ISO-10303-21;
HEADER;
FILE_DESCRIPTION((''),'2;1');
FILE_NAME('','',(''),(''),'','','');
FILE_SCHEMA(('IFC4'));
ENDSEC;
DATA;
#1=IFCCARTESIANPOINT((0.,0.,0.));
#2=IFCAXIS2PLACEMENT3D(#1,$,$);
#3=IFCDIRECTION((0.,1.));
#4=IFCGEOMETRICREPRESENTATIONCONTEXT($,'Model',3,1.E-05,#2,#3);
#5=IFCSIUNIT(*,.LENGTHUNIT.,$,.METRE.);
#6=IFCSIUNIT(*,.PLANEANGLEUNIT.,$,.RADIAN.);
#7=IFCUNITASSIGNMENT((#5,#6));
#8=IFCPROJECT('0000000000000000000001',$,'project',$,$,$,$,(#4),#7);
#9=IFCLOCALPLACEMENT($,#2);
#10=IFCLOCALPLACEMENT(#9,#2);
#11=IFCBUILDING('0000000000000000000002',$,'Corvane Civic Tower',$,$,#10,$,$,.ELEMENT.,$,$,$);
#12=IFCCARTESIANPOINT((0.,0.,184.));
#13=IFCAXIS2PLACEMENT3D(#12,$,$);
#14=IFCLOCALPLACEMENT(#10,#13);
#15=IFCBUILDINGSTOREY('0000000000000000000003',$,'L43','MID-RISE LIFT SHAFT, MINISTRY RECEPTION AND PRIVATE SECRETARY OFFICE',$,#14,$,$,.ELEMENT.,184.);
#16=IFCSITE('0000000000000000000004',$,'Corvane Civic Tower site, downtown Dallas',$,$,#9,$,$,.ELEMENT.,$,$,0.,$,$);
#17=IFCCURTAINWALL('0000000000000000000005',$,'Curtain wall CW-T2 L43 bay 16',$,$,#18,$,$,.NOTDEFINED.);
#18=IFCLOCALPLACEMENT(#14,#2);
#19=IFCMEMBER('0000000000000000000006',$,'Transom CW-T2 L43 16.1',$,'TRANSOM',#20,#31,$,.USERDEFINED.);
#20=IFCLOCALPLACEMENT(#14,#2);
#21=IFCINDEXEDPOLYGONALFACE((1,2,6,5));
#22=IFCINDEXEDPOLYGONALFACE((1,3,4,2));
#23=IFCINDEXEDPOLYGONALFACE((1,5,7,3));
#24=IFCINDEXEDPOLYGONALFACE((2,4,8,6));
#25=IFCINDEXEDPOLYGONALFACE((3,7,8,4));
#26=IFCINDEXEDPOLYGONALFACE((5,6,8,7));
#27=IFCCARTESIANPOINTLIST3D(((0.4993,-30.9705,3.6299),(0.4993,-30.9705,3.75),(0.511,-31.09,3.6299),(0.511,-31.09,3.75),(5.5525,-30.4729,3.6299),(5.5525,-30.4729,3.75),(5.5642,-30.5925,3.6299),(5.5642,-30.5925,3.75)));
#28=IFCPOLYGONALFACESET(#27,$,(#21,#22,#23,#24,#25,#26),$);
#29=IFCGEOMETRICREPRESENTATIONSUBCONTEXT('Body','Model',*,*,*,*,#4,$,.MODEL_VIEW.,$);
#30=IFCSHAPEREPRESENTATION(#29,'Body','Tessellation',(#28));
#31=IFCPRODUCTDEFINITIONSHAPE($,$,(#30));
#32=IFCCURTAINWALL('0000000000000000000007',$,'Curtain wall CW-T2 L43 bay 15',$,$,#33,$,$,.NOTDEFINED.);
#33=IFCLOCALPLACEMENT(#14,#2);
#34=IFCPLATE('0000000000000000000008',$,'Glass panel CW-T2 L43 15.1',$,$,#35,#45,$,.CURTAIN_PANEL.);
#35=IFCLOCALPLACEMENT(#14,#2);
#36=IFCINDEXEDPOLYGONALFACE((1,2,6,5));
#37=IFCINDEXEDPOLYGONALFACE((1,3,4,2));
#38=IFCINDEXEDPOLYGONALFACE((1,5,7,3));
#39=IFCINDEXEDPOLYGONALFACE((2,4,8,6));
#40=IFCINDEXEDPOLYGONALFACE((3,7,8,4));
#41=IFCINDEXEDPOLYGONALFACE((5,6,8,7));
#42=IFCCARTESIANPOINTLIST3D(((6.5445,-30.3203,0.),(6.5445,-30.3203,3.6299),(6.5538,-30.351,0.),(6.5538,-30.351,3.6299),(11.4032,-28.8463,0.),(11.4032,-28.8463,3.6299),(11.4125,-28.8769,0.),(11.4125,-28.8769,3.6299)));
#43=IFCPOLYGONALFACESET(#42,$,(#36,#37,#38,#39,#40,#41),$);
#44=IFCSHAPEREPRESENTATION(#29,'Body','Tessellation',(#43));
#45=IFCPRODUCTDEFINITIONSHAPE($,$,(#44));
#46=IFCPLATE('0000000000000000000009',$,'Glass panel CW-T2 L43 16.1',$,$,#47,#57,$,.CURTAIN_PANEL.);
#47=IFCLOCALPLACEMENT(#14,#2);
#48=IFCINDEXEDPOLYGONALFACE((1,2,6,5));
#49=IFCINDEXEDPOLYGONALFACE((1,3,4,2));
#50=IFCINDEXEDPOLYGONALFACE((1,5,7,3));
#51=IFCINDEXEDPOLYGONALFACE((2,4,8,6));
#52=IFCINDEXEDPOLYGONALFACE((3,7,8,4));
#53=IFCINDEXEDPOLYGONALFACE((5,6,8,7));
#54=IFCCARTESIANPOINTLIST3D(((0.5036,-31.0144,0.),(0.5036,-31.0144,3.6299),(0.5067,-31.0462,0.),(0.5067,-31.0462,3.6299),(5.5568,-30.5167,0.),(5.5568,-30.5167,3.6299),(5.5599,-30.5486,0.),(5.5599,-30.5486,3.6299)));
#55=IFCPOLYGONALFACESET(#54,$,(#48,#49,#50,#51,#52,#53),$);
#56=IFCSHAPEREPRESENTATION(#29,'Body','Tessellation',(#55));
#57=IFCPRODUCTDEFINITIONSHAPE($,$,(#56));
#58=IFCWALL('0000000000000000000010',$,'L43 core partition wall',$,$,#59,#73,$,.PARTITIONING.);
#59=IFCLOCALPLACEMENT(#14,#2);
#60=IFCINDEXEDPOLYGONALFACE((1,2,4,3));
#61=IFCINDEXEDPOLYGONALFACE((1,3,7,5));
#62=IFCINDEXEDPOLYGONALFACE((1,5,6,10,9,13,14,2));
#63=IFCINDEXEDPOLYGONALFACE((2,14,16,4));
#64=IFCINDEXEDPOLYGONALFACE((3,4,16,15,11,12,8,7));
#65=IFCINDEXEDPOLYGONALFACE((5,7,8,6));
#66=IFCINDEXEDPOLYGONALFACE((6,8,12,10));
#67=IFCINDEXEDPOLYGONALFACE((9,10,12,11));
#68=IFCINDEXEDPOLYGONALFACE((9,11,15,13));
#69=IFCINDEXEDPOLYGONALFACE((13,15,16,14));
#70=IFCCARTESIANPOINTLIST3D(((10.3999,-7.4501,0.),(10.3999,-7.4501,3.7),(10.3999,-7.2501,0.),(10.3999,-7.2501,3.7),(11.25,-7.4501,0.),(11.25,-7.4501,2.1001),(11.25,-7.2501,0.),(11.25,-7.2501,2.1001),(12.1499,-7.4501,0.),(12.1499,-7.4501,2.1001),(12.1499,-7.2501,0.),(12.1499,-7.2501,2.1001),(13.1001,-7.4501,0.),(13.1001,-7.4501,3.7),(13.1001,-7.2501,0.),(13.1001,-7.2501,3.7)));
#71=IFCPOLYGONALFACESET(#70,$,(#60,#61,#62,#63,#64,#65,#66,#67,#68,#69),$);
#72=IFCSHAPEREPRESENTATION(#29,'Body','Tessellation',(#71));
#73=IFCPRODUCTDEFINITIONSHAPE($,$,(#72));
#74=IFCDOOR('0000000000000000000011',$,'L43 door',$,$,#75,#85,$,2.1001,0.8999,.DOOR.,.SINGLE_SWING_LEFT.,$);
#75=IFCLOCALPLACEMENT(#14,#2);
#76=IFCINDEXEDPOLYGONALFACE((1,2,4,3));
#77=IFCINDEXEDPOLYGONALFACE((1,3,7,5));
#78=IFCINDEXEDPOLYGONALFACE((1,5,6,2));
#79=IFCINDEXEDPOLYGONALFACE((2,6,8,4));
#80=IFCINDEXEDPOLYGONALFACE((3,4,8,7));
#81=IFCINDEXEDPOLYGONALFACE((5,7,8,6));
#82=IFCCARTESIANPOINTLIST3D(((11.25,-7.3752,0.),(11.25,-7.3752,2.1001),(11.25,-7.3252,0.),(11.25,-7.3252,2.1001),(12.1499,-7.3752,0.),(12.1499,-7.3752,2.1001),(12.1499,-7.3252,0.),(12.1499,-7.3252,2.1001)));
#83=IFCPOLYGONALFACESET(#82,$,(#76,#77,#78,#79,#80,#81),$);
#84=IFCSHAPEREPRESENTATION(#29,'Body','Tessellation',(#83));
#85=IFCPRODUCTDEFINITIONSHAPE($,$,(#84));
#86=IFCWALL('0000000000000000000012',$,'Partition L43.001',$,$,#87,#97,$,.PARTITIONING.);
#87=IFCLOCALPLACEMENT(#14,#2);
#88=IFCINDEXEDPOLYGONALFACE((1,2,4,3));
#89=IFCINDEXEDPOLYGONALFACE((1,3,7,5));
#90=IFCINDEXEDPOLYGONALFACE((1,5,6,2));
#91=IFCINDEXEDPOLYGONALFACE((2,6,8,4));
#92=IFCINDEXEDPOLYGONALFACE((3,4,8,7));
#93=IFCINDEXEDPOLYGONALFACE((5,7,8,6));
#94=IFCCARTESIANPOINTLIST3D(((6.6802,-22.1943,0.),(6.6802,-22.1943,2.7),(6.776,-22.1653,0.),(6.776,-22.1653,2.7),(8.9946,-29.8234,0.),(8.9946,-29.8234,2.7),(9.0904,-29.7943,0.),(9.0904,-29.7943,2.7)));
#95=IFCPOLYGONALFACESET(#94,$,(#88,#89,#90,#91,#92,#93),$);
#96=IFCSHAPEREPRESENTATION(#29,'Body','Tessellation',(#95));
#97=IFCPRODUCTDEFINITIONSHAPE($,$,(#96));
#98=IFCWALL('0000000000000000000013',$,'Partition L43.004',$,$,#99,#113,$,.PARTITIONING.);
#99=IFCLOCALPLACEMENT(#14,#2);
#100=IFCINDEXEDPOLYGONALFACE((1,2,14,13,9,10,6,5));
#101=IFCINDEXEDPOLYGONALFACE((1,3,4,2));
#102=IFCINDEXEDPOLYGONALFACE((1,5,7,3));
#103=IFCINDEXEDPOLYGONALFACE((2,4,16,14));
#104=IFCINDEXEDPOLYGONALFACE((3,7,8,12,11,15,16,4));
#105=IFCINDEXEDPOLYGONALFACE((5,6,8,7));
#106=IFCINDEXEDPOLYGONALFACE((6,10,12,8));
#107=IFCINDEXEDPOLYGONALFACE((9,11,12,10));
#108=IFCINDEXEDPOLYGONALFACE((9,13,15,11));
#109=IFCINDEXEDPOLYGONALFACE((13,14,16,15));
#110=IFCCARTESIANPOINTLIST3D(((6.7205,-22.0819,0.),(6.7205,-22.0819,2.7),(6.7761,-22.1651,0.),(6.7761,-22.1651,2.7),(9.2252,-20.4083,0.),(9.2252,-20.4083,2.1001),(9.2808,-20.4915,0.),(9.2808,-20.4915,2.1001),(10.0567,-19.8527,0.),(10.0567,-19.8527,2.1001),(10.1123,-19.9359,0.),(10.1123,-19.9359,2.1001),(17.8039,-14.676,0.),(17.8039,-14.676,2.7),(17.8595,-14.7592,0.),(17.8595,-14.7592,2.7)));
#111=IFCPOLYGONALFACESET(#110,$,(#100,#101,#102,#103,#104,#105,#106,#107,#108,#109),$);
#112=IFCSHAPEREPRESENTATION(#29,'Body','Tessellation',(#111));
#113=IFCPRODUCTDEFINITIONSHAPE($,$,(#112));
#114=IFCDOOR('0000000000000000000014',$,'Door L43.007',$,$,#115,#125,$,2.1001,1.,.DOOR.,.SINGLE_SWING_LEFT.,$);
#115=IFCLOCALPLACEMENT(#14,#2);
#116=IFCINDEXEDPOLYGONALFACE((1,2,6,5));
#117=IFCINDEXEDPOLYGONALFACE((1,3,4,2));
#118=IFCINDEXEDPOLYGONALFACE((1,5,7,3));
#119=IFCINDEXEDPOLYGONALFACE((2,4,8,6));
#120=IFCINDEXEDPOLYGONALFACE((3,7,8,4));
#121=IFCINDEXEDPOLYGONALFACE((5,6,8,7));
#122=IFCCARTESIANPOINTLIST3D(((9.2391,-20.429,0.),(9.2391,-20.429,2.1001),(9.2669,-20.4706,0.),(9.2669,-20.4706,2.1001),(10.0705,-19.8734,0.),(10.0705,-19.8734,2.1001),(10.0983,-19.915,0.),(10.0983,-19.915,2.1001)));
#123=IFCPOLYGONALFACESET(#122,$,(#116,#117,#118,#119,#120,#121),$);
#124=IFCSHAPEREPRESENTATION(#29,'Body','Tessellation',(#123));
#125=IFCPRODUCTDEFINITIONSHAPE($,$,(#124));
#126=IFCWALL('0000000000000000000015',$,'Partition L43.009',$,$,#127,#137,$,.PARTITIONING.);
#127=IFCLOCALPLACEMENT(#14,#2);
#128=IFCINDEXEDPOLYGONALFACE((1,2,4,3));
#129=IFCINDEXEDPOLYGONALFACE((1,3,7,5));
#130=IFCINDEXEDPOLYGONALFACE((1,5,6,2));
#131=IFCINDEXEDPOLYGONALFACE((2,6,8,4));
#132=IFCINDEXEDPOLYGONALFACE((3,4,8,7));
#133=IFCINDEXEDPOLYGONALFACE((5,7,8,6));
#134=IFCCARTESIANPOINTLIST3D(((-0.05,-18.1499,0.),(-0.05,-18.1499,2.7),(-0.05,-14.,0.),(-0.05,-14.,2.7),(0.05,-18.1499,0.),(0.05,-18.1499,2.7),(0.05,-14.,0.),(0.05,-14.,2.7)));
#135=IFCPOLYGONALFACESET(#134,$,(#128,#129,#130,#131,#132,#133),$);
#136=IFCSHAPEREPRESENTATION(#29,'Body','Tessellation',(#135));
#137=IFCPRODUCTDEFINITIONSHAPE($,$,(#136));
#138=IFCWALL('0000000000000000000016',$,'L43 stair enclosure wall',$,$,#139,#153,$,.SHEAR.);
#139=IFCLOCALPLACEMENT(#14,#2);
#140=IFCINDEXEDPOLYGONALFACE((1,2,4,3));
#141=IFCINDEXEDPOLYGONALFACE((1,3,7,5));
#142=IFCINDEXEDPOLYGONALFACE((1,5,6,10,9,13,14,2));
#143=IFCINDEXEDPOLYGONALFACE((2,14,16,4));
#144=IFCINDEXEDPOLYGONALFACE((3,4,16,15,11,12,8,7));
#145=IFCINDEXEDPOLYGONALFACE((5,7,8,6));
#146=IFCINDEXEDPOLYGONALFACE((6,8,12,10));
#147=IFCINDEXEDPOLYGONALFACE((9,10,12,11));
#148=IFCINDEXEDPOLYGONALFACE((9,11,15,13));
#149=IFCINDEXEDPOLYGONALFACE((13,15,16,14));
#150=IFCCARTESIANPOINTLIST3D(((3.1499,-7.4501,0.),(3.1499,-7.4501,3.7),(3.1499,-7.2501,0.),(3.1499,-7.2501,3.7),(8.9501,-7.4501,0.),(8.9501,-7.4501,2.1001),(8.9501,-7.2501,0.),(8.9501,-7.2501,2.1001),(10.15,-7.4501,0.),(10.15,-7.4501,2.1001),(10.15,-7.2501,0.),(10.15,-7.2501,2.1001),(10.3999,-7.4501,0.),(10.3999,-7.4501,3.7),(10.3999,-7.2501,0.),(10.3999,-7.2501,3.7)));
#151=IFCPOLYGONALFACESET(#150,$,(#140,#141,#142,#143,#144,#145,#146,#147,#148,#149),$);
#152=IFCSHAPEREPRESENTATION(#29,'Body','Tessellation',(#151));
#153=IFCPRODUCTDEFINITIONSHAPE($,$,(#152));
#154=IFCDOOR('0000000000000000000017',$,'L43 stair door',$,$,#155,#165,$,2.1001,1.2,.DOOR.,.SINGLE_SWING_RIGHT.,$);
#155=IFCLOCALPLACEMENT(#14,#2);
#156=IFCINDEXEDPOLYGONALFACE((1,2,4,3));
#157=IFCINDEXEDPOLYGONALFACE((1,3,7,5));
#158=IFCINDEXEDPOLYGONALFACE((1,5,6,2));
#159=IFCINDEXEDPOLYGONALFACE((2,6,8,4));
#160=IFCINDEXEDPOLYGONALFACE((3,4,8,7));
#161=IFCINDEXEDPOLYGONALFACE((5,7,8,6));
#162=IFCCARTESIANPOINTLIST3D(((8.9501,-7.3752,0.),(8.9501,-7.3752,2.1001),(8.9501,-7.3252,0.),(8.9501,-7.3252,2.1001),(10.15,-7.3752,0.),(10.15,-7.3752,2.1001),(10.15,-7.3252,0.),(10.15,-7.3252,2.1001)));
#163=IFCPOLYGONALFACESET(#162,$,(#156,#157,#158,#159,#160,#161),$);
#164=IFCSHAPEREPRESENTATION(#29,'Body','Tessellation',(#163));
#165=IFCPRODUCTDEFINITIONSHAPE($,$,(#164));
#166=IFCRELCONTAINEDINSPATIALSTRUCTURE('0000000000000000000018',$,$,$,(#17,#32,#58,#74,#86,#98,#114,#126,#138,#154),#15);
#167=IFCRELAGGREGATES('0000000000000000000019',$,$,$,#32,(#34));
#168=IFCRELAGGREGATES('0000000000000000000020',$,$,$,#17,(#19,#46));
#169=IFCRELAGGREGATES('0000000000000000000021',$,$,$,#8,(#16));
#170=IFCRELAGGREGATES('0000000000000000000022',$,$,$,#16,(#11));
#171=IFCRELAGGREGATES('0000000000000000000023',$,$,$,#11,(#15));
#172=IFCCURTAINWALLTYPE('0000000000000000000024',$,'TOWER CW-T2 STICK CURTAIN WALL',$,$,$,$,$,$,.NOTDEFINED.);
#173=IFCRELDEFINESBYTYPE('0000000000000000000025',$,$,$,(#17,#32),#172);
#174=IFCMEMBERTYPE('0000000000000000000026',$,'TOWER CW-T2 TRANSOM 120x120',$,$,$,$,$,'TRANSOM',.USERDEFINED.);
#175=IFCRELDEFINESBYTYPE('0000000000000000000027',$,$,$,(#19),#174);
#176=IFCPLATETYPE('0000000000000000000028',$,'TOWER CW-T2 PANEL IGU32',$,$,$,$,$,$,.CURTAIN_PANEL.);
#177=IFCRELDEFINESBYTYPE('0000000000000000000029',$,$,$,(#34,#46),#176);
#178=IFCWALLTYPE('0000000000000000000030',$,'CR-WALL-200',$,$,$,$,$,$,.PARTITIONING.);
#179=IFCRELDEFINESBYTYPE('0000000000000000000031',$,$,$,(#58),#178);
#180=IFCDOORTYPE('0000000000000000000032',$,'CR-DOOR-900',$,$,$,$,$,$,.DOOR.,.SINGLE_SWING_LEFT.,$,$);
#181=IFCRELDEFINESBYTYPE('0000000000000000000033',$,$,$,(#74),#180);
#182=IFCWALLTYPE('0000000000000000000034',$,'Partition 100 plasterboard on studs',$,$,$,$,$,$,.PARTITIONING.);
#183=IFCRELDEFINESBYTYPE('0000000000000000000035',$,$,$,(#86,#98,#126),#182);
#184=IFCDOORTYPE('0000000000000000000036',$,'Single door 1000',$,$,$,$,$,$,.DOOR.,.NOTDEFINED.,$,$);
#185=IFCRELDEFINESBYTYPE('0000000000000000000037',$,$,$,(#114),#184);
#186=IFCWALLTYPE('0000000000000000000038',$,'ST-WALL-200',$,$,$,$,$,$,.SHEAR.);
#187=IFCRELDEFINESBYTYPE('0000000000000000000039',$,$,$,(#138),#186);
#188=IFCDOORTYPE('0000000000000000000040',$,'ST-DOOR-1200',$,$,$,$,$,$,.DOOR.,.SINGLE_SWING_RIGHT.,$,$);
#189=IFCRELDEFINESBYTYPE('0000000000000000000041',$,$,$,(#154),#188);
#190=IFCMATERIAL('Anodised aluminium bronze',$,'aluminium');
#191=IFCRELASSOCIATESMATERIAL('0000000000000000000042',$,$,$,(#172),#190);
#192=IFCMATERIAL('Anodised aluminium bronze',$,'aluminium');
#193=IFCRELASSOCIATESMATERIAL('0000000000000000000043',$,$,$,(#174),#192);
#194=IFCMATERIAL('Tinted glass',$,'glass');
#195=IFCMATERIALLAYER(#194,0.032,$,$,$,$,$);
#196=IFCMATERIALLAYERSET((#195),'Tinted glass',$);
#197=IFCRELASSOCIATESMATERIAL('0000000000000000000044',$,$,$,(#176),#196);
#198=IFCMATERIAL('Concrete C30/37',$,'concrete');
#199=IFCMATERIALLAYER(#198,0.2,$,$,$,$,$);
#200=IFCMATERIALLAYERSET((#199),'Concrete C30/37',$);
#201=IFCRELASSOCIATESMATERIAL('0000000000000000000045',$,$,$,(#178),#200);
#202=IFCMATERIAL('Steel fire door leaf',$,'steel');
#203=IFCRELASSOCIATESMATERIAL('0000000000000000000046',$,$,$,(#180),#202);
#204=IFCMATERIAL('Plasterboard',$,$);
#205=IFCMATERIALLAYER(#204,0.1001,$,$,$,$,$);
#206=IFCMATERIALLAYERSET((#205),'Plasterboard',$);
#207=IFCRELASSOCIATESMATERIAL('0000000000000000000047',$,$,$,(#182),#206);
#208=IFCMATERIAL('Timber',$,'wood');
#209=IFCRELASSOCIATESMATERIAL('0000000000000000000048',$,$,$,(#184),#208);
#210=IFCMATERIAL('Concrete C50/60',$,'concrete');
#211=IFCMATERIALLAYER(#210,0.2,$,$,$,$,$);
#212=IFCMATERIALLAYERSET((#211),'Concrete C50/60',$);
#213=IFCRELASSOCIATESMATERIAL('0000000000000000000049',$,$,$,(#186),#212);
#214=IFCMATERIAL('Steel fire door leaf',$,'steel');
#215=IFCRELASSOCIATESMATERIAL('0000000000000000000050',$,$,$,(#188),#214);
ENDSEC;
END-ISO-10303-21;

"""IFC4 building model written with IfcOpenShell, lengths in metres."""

from ifc_helpers import new_model, si_unit, direction, frame, frame_2d, origin, origin_2d, place, context, subcontext, project, spatial, rectangle, extrude, material, layer, layer_set, material_profile, profile_set, type_object, element, fill, aggregate, save


model = new_model("IFC4")

# Units and contexts
model_context = context("Model", 3, precision=1e-05, world=origin(), true_north=direction((0.0, 1.0)))
body_context = subcontext(model_context, "Body", "Model", "MODEL_VIEW")
ifc_project = project(units=[si_unit("LENGTHUNIT", "METRE"), si_unit("PLANEANGLEUNIT", "RADIAN")], contexts=[model_context])

# Site, building, storey
site_placement = place(None, origin())
site = spatial("IfcSite", under=ifc_project, at=site_placement, Name="Corvane Civic Tower site, downtown Dallas", CompositionType="ELEMENT", RefElevation=0.0)
building_placement = place(site_placement, origin())
building = spatial("IfcBuilding", under=site, at=building_placement, Name="Corvane Civic Tower", CompositionType="ELEMENT")
storey_placement = place(building_placement, frame((0.0, 0.0, 184.0)))
storey = spatial("IfcBuildingStorey", under=building, at=storey_placement, Name="L43", Description="MID-RISE LIFT SHAFT, MINISTRY RECEPTION AND PRIVATE SECRETARY OFFICE", CompositionType="ELEMENT", Elevation=184.0)

# Curtain wall, member
ifc_material_1 = material(Name="Anodised aluminium bronze", Category="aluminium")
curtain_wall_type = type_object("IfcCurtainWallType", Name="TOWER CW-T2 STICK CURTAIN WALL", PredefinedType="NOTDEFINED", material=ifc_material_1)
curtain_wall_1_placement = place(storey_placement, origin())
curtain_wall_1 = element("IfcCurtainWall", 1, at=curtain_wall_1_placement, inside=storey, type_object=curtain_wall_type, Name="Curtain wall CW-T2 L43 bay 16", PredefinedType="NOTDEFINED")
ifc_material_2 = material(Name="Anodised aluminium bronze", Category="aluminium")
ifc_material_profile_1 = material_profile(ifc_material_2, rectangle(XDim=0.1201, YDim=0.1201, at=origin_2d()), Name="TOWER CW-T2 TRANSOM 120x120")
ifc_profile_set_1 = profile_set([ifc_material_profile_1], Name="Anodised aluminium bronze")
member_type = type_object("IfcMemberType", Name="TOWER CW-T2 TRANSOM 120x120", ElementType="TRANSOM", PredefinedType="USERDEFINED", material=ifc_profile_set_1)
member_placement = place(storey_placement, frame((5.5583, -30.5327, 3.6899), z_axis=(-0.995187, -0.09799, 0.0), x_axis=(0.09799, -0.995187, 0.0)))
member = element("IfcMember", 2, at=member_placement, type_object=member_type, Name="Transom CW-T2 L43 16.1", ObjectType="TRANSOM", PredefinedType="USERDEFINED", context=body_context, shape_type="SweptSolid", body=[
    extrude(rectangle(XDim=0.1201, YDim=0.1201, at=origin_2d()), origin(), (0.0, 0.0, 1.0), 5.0776),
])

# Curtain wall, plate
curtain_wall_2_placement = place(storey_placement, origin())
curtain_wall_2 = element("IfcCurtainWall", 3, at=curtain_wall_2_placement, inside=storey, type_object=curtain_wall_type, Name="Curtain wall CW-T2 L43 bay 15", PredefinedType="NOTDEFINED")
ifc_material_3 = material(Name="Tinted glass", Category="glass")
ifc_layer_1 = layer(ifc_material_3, 0.032)
ifc_layer_set_1 = layer_set([ifc_layer_1], Name="Tinted glass")
plate_type = type_object("IfcPlateType", Name="TOWER CW-T2 PANEL IGU32", PredefinedType="CURTAIN_PANEL", material=ifc_layer_set_1)
plate_1_placement = place(storey_placement, frame((8.9785, -29.5986, 0.0), z_axis=(0.0, 0.0, 1.0), x_axis=(-0.956932, -0.290313, 0.0)))
plate_1 = element("IfcPlate", 4, at=plate_1_placement, type_object=plate_type, Name="Glass panel CW-T2 L43 15.1", PredefinedType="CURTAIN_PANEL", context=body_context, shape_type="SweptSolid", body=[
    extrude(rectangle(XDim=5.0774, YDim=0.032, at=origin_2d()), origin(), (0.0, 0.0, 1.0), 3.6299),
])
aggregate(curtain_wall_2, [plate_1])

# Plate
plate_2_placement = place(storey_placement, frame((3.0317, -30.7815, 0.0), z_axis=(0.0, 0.0, 1.0), x_axis=(-0.995185, -0.098012, 0.0)))
plate_2 = element("IfcPlate", 5, at=plate_2_placement, type_object=plate_type, Name="Glass panel CW-T2 L43 16.1", PredefinedType="CURTAIN_PANEL", context=body_context, shape_type="SweptSolid", body=[
    extrude(rectangle(XDim=5.0776, YDim=0.032, at=origin_2d()), origin(), (0.0, 0.0, 1.0), 3.6299),
])
aggregate(curtain_wall_1, [member, plate_2])

# Wall, opening, door
ifc_material_4 = material(Name="Concrete C30/37", Category="concrete")
ifc_layer_2 = layer(ifc_material_4, 0.2)
ifc_layer_set_2 = layer_set([ifc_layer_2], Name="Concrete C30/37")
wall_type_1 = type_object("IfcWallType", Name="CR-WALL-200", PredefinedType="PARTITIONING", material=ifc_layer_set_2)
wall_1_placement = place(storey_placement, frame((10.3999, -7.3501, 0.0), z_axis=(0.0, 0.0, 1.0), x_axis=(1.0, 0.0, 0.0)))
wall_1 = element("IfcWall", 6, at=wall_1_placement, inside=storey, type_object=wall_type_1, Name="L43 core partition wall", PredefinedType="PARTITIONING", context=body_context, shape_type="SweptSolid", body=[
    extrude(rectangle(XDim=2.7002, YDim=0.2, at=frame_2d((1.3501, 0.0))), origin(), (0.0, 0.0, 1.0), 3.7),
])
opening_1_placement = place(wall_1_placement, frame((0.8501, 0.0, 0.0)))
opening_1 = element("IfcOpeningElement", 7, at=opening_1_placement, cuts=wall_1, PredefinedType="OPENING", context=body_context, shape_type="SweptSolid", body=[
    extrude(rectangle(XDim=0.8999, YDim=2.1001, at=frame_2d((0.45, 1.05))), frame((0.0, 0.1099, 0.0), z_axis=(0.0, -1.0, 0.0), x_axis=(1.0, 0.0, 0.0)), (0.0, 0.0, 1.0), 0.22),
])
ifc_material_5 = material(Name="Steel fire door leaf", Category="steel")
door_type_1 = type_object("IfcDoorType", Name="CR-DOOR-900", OperationType="SINGLE_SWING_LEFT", PredefinedType="DOOR", material=ifc_material_5)
door_1_placement = place(opening_1_placement, origin())
door_1 = element("IfcDoor", 8, at=door_1_placement, inside=storey, type_object=door_type_1, Name="L43 door", OperationType="SINGLE_SWING_LEFT", OverallHeight=2.1001, OverallWidth=0.8999, PredefinedType="DOOR", context=body_context, shape_type="SweptSolid", body=[
    extrude(rectangle(XDim=0.8999, YDim=2.1001, at=frame_2d((0.45, 1.05))), frame((0.0, 0.0249, 0.0), z_axis=(0.0, -1.0, 0.0), x_axis=(1.0, 0.0, 0.0)), (0.0, 0.0, 1.0), 0.05),
])
fill(opening_1, door_1)

# Wall
ifc_material_6 = material(Name="Plasterboard")
ifc_layer_3 = layer(ifc_material_6, 0.1001)
ifc_layer_set_3 = layer_set([ifc_layer_3], Name="Plasterboard")
wall_type_2 = type_object("IfcWallType", Name="Partition 100 plasterboard on studs", PredefinedType="PARTITIONING", material=ifc_layer_set_3)
wall_2_placement = place(storey_placement, frame((6.728, -22.1797, 0.0), z_axis=(0.0, 0.0, 1.0), x_axis=(0.290305, -0.956934, 0.0)))
element("IfcWall", 9, at=wall_2_placement, inside=storey, type_object=wall_type_2, Name="Partition L43.001", PredefinedType="PARTITIONING", context=body_context, shape_type="SweptSolid", body=[
    extrude(rectangle(XDim=7.9724, YDim=0.1001, at=frame_2d((3.9863, 0.0))), origin(), (0.0, 0.0, 1.0), 2.7),
])

# Wall, opening, door
wall_3_placement = place(storey_placement, frame((6.7483, -22.1235, 0.0), z_axis=(0.0, 0.0, 1.0), x_axis=(0.831461, 0.555583, 0.0)))
wall_3 = element("IfcWall", 10, at=wall_3_placement, inside=storey, type_object=wall_type_2, Name="Partition L43.004", PredefinedType="PARTITIONING", context=body_context, shape_type="SweptSolid", body=[
    extrude(rectangle(XDim=13.3301, YDim=0.1001, at=frame_2d((6.665, 0.0))), origin(), (0.0, 0.0, 1.0), 2.7),
])
opening_2_placement = place(wall_3_placement, frame((3.0125, 0.0, 0.0)))
opening_2 = element("IfcOpeningElement", 11, at=opening_2_placement, cuts=wall_3, PredefinedType="OPENING", context=body_context, shape_type="SweptSolid", body=[
    extrude(rectangle(XDim=1.0, YDim=2.1001, at=frame_2d((0.5, 1.05))), frame((0.0, 0.0601, 0.0), z_axis=(0.0, -1.0, 0.0), x_axis=(1.0, 0.0, 0.0)), (0.0, 0.0, 1.0), 0.1201),
])
ifc_material_7 = material(Name="Timber", Category="wood")
door_type_2 = type_object("IfcDoorType", Name="Single door 1000", OperationType="NOTDEFINED", PredefinedType="DOOR", material=ifc_material_7)
door_2_placement = place(opening_2_placement, frame((1.0, 0.0, 0.0), z_axis=(0.0, 0.0, 1.0), x_axis=(-1.0, 0.0, 0.0)))
door_2 = element("IfcDoor", 12, at=door_2_placement, inside=storey, type_object=door_type_2, Name="Door L43.007", OperationType="SINGLE_SWING_LEFT", OverallHeight=2.1001, OverallWidth=1.0, PredefinedType="DOOR", context=body_context, shape_type="SweptSolid", body=[
    extrude(rectangle(XDim=1.0, YDim=2.1001, at=frame_2d((0.5, 1.05))), frame((0.0, 0.0249, 0.0), z_axis=(0.0, -1.0, 0.0), x_axis=(1.0, 0.0, 0.0)), (0.0, 0.0, 1.0), 0.05),
])
fill(opening_2, door_2)

# Wall
wall_4_placement = place(storey_placement, frame((0.0, -18.1499, 0.0), z_axis=(0.0, 0.0, 1.0), x_axis=(0.0, 1.0, 0.0)))
element("IfcWall", 13, at=wall_4_placement, inside=storey, type_object=wall_type_2, Name="Partition L43.009", PredefinedType="PARTITIONING", context=body_context, shape_type="SweptSolid", body=[
    extrude(rectangle(XDim=4.1499, YDim=0.1001, at=frame_2d((2.075, 0.0))), origin(), (0.0, 0.0, 1.0), 2.7),
])

# Wall, opening, door
ifc_material_8 = material(Name="Concrete C50/60", Category="concrete")
ifc_layer_4 = layer(ifc_material_8, 0.2)
ifc_layer_set_4 = layer_set([ifc_layer_4], Name="Concrete C50/60")
wall_type_3 = type_object("IfcWallType", Name="ST-WALL-200", PredefinedType="SHEAR", material=ifc_layer_set_4)
wall_5_placement = place(storey_placement, frame((3.1499, -7.3501, 0.0), z_axis=(0.0, 0.0, 1.0), x_axis=(1.0, 0.0, 0.0)))
wall_5 = element("IfcWall", 14, at=wall_5_placement, inside=storey, type_object=wall_type_3, Name="L43 stair enclosure wall", PredefinedType="SHEAR", context=body_context, shape_type="SweptSolid", body=[
    extrude(rectangle(XDim=7.25, YDim=0.2, at=frame_2d((3.625, 0.0))), origin(), (0.0, 0.0, 1.0), 3.7),
])
opening_3_placement = place(wall_5_placement, frame((5.8, 0.0, 0.0)))
opening_3 = element("IfcOpeningElement", 15, at=opening_3_placement, cuts=wall_5, PredefinedType="OPENING", context=body_context, shape_type="SweptSolid", body=[
    extrude(rectangle(XDim=1.2, YDim=2.1001, at=frame_2d((0.6001, 1.05))), frame((0.0, 0.1099, 0.0), z_axis=(0.0, -1.0, 0.0), x_axis=(1.0, 0.0, 0.0)), (0.0, 0.0, 1.0), 0.22),
])
ifc_material_9 = material(Name="Steel fire door leaf", Category="steel")
door_type_3 = type_object("IfcDoorType", Name="ST-DOOR-1200", OperationType="SINGLE_SWING_RIGHT", PredefinedType="DOOR", material=ifc_material_9)
door_3_placement = place(opening_3_placement, origin())
door_3 = element("IfcDoor", 16, at=door_3_placement, inside=storey, type_object=door_type_3, Name="L43 stair door", OperationType="SINGLE_SWING_RIGHT", OverallHeight=2.1001, OverallWidth=1.2, PredefinedType="DOOR", context=body_context, shape_type="SweptSolid", body=[
    extrude(rectangle(XDim=1.2, YDim=2.1001, at=frame_2d((0.6001, 1.05))), frame((0.0, 0.0249, 0.0), z_axis=(0.0, -1.0, 0.0), x_axis=(1.0, 0.0, 0.0)), (0.0, 0.0, 1.0), 0.05),
])
fill(opening_3, door_3)

save(model, "model.ifc")
